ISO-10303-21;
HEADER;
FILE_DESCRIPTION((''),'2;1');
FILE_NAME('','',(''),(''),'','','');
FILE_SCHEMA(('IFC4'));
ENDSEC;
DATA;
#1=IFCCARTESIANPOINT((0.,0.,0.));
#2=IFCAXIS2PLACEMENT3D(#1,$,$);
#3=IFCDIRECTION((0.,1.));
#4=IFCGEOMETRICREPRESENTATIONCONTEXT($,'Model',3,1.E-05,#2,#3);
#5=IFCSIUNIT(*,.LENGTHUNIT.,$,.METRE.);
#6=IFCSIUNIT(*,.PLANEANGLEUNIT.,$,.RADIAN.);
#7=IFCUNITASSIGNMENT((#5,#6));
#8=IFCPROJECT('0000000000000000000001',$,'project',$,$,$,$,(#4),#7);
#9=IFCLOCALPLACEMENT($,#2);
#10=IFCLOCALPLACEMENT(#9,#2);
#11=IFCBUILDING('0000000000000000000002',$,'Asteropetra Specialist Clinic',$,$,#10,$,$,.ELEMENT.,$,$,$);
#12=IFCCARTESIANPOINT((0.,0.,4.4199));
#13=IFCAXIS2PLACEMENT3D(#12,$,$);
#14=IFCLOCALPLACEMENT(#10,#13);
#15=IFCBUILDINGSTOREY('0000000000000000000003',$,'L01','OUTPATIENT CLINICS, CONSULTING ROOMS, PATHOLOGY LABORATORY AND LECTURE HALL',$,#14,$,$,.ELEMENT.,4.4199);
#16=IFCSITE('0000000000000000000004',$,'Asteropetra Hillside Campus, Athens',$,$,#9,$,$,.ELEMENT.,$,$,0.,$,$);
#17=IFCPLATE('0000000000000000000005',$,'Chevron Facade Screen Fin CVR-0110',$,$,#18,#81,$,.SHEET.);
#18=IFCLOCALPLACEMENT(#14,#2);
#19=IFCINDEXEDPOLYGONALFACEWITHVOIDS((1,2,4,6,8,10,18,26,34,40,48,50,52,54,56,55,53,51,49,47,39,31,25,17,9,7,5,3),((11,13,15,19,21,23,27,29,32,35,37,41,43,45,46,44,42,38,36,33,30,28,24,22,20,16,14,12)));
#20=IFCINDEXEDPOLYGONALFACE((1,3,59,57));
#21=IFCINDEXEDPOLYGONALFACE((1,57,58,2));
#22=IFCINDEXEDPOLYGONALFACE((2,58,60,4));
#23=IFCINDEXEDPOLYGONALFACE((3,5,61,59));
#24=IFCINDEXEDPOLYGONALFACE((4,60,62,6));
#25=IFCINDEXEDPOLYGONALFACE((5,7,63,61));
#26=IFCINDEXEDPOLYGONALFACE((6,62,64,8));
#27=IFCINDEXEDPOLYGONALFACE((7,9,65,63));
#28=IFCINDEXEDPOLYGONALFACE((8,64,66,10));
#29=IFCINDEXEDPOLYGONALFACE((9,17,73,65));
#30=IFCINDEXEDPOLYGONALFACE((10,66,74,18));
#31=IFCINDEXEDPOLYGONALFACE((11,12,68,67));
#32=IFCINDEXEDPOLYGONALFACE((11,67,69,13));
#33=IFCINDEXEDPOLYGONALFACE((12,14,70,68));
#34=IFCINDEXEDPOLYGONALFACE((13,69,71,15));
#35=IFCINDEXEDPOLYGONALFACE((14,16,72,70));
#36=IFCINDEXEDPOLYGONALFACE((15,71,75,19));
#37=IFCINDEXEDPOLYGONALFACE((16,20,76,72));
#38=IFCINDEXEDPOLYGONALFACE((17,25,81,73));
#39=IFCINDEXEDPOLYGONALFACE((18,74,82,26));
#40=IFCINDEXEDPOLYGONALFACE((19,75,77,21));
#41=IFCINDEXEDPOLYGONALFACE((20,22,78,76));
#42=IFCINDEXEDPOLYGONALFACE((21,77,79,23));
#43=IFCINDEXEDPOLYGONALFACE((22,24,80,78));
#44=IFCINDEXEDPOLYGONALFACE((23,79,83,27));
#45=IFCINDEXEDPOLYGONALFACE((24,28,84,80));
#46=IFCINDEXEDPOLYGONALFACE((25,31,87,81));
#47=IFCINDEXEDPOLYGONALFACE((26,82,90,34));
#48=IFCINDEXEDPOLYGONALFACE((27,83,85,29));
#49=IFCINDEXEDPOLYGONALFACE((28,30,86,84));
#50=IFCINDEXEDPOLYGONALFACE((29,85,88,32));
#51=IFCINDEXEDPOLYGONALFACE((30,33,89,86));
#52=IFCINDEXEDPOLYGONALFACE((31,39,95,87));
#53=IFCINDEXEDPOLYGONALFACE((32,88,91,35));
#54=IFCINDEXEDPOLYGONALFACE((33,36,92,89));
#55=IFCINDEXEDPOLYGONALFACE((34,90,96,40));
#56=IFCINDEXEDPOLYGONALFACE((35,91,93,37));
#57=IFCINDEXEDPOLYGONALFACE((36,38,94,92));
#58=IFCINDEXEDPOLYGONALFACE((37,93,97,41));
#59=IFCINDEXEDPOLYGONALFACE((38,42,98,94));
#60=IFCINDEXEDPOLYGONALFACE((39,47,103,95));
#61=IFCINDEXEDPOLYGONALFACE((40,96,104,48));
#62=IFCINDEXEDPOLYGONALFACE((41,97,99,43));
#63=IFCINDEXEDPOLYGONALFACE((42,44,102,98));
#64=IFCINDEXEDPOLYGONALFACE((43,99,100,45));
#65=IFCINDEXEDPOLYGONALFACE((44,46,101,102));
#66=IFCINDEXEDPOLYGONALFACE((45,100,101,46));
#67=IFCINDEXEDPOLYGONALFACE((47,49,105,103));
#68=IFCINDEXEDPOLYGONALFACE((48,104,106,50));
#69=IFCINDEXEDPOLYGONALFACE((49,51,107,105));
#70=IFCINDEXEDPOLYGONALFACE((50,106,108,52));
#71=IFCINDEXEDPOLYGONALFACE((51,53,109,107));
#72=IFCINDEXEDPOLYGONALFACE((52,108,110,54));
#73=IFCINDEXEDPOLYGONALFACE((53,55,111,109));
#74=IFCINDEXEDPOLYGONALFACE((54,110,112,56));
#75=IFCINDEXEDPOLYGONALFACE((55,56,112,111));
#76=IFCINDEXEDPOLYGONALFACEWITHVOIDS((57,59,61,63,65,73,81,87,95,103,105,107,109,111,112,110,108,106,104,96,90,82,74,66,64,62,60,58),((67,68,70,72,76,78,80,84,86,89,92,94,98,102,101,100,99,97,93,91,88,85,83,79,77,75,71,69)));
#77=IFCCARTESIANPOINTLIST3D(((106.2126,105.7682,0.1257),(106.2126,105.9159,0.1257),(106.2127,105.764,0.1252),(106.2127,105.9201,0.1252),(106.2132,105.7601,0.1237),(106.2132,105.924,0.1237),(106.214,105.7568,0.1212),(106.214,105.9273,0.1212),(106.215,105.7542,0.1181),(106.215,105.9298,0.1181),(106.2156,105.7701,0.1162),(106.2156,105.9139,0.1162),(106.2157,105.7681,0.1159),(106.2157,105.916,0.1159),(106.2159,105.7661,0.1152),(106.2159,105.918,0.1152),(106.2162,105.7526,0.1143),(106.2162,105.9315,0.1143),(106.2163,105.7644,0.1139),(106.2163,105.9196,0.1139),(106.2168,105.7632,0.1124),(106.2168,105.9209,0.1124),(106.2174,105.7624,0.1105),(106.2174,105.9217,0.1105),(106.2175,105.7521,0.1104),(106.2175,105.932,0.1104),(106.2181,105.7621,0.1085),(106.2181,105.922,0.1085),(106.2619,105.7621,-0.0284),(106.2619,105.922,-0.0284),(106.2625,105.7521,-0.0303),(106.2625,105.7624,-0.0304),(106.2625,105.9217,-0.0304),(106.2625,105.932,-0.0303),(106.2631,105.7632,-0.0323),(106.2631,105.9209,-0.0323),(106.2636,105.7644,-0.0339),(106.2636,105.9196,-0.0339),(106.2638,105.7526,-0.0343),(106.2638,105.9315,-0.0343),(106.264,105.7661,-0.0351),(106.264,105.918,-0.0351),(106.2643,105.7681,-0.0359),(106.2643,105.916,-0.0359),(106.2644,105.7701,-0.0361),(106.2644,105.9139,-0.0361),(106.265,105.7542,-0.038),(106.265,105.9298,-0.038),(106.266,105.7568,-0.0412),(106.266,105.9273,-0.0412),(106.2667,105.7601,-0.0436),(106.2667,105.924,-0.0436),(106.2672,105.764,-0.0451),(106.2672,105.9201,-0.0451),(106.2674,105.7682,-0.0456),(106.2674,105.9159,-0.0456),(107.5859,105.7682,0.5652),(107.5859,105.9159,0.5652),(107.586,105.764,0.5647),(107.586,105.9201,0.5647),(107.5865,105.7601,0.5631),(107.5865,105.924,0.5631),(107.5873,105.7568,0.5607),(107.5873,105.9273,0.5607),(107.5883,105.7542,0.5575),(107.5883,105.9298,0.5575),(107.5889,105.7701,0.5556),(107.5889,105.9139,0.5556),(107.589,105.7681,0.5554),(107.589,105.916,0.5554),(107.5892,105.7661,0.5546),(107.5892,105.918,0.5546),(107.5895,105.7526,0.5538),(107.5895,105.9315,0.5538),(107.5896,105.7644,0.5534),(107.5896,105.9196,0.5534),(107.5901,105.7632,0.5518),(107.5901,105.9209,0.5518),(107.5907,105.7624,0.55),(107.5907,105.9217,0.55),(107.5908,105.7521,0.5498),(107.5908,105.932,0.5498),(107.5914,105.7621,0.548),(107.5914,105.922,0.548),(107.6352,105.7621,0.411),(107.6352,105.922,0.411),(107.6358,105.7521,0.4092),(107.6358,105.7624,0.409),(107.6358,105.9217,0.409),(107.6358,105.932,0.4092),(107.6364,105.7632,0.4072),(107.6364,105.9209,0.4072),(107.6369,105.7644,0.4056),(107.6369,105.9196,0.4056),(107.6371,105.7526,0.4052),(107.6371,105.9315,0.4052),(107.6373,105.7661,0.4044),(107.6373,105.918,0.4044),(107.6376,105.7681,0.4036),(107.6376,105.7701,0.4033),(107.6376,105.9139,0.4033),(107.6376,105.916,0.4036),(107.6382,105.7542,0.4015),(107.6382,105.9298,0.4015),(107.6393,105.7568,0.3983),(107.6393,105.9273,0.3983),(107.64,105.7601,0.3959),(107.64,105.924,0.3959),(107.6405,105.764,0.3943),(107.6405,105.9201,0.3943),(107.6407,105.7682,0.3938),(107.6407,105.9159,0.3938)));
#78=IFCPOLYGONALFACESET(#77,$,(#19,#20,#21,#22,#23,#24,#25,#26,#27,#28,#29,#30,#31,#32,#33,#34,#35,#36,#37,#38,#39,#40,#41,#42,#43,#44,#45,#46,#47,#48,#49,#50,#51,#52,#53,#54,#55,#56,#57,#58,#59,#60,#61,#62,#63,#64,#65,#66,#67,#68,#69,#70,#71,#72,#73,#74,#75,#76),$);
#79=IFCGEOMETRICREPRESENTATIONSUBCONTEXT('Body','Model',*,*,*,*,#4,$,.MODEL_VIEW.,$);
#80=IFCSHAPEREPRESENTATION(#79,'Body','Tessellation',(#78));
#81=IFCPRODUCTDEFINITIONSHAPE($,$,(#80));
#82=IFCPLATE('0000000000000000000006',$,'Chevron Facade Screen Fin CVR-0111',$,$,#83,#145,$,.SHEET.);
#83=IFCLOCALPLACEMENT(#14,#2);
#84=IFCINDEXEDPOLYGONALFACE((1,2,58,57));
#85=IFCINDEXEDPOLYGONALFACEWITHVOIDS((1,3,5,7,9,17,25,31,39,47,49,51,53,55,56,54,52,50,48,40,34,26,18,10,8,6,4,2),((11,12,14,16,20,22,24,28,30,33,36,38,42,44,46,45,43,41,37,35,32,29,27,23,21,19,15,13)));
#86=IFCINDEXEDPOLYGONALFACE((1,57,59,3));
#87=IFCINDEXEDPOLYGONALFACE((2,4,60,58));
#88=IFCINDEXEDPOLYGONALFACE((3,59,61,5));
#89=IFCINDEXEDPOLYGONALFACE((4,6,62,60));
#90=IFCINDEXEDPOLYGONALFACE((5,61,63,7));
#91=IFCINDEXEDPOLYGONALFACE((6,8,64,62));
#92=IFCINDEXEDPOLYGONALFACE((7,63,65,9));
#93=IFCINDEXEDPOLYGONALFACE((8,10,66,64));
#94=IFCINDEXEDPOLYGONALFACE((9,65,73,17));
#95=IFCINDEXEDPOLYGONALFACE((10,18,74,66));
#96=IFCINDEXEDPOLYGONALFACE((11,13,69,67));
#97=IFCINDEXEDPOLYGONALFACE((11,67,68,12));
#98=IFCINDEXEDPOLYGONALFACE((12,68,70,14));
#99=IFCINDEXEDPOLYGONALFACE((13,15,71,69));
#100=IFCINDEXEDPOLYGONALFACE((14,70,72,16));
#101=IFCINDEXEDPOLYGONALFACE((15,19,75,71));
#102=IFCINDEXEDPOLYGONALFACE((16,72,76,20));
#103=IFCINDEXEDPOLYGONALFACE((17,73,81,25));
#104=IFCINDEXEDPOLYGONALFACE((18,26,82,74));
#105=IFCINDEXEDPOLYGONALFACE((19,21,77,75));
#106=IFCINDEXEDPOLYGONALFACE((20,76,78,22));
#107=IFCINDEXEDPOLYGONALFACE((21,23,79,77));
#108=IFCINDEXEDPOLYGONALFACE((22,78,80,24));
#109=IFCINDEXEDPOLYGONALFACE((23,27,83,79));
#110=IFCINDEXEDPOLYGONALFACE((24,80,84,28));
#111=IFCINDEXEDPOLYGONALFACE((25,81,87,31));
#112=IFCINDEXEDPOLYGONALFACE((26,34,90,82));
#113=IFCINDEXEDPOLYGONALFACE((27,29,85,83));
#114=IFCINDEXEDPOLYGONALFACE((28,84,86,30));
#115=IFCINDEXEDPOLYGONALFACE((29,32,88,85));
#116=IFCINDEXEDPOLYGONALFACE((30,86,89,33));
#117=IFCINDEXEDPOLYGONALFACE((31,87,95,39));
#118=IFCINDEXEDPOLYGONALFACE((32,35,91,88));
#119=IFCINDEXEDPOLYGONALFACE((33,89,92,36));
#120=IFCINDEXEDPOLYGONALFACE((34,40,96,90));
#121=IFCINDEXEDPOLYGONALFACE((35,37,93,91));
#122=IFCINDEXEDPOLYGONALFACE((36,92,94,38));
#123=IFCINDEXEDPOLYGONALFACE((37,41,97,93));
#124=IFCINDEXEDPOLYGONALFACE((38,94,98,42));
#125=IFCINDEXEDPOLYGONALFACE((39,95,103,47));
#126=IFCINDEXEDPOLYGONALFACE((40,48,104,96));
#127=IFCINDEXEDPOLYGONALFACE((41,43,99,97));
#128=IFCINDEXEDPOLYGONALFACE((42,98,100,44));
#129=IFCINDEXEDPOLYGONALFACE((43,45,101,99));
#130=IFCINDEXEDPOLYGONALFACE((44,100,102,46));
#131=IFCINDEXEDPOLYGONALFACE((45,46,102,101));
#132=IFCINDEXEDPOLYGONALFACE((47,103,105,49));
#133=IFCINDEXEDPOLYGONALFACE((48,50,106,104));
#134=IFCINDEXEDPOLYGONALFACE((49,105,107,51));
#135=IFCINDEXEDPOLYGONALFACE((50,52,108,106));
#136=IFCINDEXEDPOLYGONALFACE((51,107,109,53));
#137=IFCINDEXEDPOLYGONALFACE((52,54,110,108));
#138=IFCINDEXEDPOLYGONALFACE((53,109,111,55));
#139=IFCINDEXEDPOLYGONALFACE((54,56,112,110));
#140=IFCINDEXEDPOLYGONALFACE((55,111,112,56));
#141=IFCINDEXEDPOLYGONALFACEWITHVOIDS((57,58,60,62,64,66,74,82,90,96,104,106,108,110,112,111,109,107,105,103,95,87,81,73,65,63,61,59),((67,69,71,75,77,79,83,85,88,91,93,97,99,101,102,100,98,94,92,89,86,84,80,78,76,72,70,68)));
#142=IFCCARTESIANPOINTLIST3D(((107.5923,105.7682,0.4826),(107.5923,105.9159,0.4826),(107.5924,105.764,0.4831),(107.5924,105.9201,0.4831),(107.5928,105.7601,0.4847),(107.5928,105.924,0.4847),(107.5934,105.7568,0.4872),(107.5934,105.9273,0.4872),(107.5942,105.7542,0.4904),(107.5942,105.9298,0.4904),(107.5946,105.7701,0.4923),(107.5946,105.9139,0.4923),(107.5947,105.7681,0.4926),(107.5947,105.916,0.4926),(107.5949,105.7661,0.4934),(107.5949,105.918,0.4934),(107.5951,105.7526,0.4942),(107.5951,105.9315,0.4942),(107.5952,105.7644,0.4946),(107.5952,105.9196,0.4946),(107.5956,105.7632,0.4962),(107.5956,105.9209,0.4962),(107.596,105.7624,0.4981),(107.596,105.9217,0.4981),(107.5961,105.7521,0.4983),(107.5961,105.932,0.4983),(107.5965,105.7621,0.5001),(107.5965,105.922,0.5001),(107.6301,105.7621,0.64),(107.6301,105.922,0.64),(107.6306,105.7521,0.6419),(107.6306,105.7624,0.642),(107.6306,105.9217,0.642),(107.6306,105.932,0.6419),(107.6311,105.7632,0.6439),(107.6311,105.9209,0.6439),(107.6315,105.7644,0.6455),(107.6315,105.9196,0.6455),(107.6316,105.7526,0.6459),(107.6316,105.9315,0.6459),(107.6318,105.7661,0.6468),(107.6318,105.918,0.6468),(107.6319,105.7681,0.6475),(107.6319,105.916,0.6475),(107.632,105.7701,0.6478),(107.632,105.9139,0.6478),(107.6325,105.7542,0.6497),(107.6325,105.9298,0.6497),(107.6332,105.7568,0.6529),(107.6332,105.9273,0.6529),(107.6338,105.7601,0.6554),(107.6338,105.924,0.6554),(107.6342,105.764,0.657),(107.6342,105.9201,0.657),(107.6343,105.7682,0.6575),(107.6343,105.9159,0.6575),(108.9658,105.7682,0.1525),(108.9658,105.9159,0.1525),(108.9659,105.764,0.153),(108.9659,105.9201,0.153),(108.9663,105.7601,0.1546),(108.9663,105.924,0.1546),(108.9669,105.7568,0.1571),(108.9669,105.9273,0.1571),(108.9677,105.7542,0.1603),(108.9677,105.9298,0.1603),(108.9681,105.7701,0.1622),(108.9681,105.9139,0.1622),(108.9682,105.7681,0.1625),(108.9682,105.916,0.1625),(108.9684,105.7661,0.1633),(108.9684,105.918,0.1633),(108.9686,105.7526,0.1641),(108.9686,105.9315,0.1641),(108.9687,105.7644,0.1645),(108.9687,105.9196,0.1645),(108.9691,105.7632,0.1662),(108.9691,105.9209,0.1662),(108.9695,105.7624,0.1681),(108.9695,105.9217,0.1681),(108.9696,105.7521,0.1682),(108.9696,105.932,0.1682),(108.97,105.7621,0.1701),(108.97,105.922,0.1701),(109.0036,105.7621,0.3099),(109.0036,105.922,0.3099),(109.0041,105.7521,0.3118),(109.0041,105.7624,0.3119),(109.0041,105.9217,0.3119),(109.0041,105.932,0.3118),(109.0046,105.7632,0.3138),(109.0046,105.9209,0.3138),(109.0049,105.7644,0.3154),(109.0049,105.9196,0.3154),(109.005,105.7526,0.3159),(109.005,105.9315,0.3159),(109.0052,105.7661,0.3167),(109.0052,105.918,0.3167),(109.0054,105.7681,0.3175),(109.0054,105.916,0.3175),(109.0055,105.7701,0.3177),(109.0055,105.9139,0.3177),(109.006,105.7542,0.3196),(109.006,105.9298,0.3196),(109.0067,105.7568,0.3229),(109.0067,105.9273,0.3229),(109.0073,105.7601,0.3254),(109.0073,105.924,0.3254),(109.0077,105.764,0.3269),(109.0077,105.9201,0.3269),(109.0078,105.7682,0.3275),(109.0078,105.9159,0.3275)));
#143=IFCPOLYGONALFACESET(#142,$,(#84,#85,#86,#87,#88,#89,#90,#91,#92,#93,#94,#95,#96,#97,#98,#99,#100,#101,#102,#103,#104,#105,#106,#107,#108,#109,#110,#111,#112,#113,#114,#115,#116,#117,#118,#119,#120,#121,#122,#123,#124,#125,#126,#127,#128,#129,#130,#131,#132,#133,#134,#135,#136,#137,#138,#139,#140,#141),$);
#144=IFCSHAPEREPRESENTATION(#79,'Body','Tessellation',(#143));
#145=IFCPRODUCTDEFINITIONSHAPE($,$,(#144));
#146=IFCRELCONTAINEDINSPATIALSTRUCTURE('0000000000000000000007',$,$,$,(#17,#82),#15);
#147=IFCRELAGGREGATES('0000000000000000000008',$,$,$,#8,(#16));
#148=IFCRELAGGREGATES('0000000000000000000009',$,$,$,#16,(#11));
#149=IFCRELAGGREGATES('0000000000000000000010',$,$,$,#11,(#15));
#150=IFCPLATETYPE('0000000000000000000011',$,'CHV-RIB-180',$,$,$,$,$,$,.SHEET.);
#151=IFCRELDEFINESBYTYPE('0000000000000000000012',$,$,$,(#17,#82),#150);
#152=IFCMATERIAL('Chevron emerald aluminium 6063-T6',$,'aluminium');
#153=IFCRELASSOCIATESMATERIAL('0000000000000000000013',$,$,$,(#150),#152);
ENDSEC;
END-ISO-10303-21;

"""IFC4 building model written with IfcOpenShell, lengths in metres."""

from ifc_helpers import new_model, si_unit, direction, frame, origin, origin_2d, place, context, subcontext, project, spatial, hollow_rectangle, extrude, material, material_profile, profile_set, type_object, element, save


model = new_model("IFC4")

# Units and contexts
model_context = context("Model", 3, precision=1e-05, world=origin(), true_north=direction((0.0, 1.0)))
body_context = subcontext(model_context, "Body", "Model", "MODEL_VIEW")
ifc_project = project(units=[si_unit("LENGTHUNIT", "METRE"), si_unit("PLANEANGLEUNIT", "RADIAN")], contexts=[model_context])

# Site, building, storey
site_placement = place(None, origin())
site = spatial("IfcSite", under=ifc_project, at=site_placement, Name="Asteropetra Hillside Campus, Athens", CompositionType="ELEMENT", RefElevation=0.0)
building_placement = place(site_placement, origin())
building = spatial("IfcBuilding", under=site, at=building_placement, Name="Asteropetra Specialist Clinic", CompositionType="ELEMENT")
storey_placement = place(building_placement, frame((0.0, 0.0, 4.4199)))
storey = spatial("IfcBuildingStorey", under=building, at=storey_placement, Name="L01", Description="OUTPATIENT CLINICS, CONSULTING ROOMS, PATHOLOGY LABORATORY AND LECTURE HALL", CompositionType="ELEMENT", Elevation=4.4199)

# Plates
ifc_material_1 = material(Name="Chevron emerald aluminium 6063-T6", Category="aluminium")
ifc_material_profile_1 = material_profile(ifc_material_1, hollow_rectangle(XDim=0.1799, YDim=0.1799, WallThickness=0.01, InnerFilletRadius=0.0081, OuterFilletRadius=0.0161, at=origin_2d()), Name="SHS 180x180x10.0")
ifc_profile_set_1 = profile_set([ifc_material_profile_1], Name="Chevron emerald aluminium 6063-T6")
plate_type = type_object("IfcPlateType", Name="CHV-RIB-180", PredefinedType="SHEET", material=ifc_profile_set_1)
plate_1_placement = place(storey_placement, frame((107.6133, 105.842, 0.4795), z_axis=(-0.952424, 0.0, -0.304776), x_axis=(0.0, -1.0, 0.0)))
element("IfcPlate", 1, at=plate_1_placement, inside=storey, type_object=plate_type, Name="Chevron Facade Screen Fin CVR-0110", PredefinedType="SHEET", context=body_context, shape_type="SweptSolid", body=[
    extrude(hollow_rectangle(XDim=0.1799, YDim=0.1799, WallThickness=0.01, InnerFilletRadius=0.0081, OuterFilletRadius=0.0161, at=origin_2d()), origin(), (0.0, 0.0, 1.0), 1.4419),
])
plate_2_placement = place(storey_placement, frame((108.9868, 105.842, 0.24), z_axis=(-0.972318, 0.0, 0.233661), x_axis=(0.0, -1.0, 0.0)))
element("IfcPlate", 2, at=plate_2_placement, inside=storey, type_object=plate_type, Name="Chevron Facade Screen Fin CVR-0111", PredefinedType="SHEET", context=body_context, shape_type="SweptSolid", body=[
    extrude(hollow_rectangle(XDim=0.1799, YDim=0.1799, WallThickness=0.01, InnerFilletRadius=0.0081, OuterFilletRadius=0.0161, at=origin_2d()), origin(), (0.0, 0.0, 1.0), 1.4126),
])

save(model, "model.ifc")
